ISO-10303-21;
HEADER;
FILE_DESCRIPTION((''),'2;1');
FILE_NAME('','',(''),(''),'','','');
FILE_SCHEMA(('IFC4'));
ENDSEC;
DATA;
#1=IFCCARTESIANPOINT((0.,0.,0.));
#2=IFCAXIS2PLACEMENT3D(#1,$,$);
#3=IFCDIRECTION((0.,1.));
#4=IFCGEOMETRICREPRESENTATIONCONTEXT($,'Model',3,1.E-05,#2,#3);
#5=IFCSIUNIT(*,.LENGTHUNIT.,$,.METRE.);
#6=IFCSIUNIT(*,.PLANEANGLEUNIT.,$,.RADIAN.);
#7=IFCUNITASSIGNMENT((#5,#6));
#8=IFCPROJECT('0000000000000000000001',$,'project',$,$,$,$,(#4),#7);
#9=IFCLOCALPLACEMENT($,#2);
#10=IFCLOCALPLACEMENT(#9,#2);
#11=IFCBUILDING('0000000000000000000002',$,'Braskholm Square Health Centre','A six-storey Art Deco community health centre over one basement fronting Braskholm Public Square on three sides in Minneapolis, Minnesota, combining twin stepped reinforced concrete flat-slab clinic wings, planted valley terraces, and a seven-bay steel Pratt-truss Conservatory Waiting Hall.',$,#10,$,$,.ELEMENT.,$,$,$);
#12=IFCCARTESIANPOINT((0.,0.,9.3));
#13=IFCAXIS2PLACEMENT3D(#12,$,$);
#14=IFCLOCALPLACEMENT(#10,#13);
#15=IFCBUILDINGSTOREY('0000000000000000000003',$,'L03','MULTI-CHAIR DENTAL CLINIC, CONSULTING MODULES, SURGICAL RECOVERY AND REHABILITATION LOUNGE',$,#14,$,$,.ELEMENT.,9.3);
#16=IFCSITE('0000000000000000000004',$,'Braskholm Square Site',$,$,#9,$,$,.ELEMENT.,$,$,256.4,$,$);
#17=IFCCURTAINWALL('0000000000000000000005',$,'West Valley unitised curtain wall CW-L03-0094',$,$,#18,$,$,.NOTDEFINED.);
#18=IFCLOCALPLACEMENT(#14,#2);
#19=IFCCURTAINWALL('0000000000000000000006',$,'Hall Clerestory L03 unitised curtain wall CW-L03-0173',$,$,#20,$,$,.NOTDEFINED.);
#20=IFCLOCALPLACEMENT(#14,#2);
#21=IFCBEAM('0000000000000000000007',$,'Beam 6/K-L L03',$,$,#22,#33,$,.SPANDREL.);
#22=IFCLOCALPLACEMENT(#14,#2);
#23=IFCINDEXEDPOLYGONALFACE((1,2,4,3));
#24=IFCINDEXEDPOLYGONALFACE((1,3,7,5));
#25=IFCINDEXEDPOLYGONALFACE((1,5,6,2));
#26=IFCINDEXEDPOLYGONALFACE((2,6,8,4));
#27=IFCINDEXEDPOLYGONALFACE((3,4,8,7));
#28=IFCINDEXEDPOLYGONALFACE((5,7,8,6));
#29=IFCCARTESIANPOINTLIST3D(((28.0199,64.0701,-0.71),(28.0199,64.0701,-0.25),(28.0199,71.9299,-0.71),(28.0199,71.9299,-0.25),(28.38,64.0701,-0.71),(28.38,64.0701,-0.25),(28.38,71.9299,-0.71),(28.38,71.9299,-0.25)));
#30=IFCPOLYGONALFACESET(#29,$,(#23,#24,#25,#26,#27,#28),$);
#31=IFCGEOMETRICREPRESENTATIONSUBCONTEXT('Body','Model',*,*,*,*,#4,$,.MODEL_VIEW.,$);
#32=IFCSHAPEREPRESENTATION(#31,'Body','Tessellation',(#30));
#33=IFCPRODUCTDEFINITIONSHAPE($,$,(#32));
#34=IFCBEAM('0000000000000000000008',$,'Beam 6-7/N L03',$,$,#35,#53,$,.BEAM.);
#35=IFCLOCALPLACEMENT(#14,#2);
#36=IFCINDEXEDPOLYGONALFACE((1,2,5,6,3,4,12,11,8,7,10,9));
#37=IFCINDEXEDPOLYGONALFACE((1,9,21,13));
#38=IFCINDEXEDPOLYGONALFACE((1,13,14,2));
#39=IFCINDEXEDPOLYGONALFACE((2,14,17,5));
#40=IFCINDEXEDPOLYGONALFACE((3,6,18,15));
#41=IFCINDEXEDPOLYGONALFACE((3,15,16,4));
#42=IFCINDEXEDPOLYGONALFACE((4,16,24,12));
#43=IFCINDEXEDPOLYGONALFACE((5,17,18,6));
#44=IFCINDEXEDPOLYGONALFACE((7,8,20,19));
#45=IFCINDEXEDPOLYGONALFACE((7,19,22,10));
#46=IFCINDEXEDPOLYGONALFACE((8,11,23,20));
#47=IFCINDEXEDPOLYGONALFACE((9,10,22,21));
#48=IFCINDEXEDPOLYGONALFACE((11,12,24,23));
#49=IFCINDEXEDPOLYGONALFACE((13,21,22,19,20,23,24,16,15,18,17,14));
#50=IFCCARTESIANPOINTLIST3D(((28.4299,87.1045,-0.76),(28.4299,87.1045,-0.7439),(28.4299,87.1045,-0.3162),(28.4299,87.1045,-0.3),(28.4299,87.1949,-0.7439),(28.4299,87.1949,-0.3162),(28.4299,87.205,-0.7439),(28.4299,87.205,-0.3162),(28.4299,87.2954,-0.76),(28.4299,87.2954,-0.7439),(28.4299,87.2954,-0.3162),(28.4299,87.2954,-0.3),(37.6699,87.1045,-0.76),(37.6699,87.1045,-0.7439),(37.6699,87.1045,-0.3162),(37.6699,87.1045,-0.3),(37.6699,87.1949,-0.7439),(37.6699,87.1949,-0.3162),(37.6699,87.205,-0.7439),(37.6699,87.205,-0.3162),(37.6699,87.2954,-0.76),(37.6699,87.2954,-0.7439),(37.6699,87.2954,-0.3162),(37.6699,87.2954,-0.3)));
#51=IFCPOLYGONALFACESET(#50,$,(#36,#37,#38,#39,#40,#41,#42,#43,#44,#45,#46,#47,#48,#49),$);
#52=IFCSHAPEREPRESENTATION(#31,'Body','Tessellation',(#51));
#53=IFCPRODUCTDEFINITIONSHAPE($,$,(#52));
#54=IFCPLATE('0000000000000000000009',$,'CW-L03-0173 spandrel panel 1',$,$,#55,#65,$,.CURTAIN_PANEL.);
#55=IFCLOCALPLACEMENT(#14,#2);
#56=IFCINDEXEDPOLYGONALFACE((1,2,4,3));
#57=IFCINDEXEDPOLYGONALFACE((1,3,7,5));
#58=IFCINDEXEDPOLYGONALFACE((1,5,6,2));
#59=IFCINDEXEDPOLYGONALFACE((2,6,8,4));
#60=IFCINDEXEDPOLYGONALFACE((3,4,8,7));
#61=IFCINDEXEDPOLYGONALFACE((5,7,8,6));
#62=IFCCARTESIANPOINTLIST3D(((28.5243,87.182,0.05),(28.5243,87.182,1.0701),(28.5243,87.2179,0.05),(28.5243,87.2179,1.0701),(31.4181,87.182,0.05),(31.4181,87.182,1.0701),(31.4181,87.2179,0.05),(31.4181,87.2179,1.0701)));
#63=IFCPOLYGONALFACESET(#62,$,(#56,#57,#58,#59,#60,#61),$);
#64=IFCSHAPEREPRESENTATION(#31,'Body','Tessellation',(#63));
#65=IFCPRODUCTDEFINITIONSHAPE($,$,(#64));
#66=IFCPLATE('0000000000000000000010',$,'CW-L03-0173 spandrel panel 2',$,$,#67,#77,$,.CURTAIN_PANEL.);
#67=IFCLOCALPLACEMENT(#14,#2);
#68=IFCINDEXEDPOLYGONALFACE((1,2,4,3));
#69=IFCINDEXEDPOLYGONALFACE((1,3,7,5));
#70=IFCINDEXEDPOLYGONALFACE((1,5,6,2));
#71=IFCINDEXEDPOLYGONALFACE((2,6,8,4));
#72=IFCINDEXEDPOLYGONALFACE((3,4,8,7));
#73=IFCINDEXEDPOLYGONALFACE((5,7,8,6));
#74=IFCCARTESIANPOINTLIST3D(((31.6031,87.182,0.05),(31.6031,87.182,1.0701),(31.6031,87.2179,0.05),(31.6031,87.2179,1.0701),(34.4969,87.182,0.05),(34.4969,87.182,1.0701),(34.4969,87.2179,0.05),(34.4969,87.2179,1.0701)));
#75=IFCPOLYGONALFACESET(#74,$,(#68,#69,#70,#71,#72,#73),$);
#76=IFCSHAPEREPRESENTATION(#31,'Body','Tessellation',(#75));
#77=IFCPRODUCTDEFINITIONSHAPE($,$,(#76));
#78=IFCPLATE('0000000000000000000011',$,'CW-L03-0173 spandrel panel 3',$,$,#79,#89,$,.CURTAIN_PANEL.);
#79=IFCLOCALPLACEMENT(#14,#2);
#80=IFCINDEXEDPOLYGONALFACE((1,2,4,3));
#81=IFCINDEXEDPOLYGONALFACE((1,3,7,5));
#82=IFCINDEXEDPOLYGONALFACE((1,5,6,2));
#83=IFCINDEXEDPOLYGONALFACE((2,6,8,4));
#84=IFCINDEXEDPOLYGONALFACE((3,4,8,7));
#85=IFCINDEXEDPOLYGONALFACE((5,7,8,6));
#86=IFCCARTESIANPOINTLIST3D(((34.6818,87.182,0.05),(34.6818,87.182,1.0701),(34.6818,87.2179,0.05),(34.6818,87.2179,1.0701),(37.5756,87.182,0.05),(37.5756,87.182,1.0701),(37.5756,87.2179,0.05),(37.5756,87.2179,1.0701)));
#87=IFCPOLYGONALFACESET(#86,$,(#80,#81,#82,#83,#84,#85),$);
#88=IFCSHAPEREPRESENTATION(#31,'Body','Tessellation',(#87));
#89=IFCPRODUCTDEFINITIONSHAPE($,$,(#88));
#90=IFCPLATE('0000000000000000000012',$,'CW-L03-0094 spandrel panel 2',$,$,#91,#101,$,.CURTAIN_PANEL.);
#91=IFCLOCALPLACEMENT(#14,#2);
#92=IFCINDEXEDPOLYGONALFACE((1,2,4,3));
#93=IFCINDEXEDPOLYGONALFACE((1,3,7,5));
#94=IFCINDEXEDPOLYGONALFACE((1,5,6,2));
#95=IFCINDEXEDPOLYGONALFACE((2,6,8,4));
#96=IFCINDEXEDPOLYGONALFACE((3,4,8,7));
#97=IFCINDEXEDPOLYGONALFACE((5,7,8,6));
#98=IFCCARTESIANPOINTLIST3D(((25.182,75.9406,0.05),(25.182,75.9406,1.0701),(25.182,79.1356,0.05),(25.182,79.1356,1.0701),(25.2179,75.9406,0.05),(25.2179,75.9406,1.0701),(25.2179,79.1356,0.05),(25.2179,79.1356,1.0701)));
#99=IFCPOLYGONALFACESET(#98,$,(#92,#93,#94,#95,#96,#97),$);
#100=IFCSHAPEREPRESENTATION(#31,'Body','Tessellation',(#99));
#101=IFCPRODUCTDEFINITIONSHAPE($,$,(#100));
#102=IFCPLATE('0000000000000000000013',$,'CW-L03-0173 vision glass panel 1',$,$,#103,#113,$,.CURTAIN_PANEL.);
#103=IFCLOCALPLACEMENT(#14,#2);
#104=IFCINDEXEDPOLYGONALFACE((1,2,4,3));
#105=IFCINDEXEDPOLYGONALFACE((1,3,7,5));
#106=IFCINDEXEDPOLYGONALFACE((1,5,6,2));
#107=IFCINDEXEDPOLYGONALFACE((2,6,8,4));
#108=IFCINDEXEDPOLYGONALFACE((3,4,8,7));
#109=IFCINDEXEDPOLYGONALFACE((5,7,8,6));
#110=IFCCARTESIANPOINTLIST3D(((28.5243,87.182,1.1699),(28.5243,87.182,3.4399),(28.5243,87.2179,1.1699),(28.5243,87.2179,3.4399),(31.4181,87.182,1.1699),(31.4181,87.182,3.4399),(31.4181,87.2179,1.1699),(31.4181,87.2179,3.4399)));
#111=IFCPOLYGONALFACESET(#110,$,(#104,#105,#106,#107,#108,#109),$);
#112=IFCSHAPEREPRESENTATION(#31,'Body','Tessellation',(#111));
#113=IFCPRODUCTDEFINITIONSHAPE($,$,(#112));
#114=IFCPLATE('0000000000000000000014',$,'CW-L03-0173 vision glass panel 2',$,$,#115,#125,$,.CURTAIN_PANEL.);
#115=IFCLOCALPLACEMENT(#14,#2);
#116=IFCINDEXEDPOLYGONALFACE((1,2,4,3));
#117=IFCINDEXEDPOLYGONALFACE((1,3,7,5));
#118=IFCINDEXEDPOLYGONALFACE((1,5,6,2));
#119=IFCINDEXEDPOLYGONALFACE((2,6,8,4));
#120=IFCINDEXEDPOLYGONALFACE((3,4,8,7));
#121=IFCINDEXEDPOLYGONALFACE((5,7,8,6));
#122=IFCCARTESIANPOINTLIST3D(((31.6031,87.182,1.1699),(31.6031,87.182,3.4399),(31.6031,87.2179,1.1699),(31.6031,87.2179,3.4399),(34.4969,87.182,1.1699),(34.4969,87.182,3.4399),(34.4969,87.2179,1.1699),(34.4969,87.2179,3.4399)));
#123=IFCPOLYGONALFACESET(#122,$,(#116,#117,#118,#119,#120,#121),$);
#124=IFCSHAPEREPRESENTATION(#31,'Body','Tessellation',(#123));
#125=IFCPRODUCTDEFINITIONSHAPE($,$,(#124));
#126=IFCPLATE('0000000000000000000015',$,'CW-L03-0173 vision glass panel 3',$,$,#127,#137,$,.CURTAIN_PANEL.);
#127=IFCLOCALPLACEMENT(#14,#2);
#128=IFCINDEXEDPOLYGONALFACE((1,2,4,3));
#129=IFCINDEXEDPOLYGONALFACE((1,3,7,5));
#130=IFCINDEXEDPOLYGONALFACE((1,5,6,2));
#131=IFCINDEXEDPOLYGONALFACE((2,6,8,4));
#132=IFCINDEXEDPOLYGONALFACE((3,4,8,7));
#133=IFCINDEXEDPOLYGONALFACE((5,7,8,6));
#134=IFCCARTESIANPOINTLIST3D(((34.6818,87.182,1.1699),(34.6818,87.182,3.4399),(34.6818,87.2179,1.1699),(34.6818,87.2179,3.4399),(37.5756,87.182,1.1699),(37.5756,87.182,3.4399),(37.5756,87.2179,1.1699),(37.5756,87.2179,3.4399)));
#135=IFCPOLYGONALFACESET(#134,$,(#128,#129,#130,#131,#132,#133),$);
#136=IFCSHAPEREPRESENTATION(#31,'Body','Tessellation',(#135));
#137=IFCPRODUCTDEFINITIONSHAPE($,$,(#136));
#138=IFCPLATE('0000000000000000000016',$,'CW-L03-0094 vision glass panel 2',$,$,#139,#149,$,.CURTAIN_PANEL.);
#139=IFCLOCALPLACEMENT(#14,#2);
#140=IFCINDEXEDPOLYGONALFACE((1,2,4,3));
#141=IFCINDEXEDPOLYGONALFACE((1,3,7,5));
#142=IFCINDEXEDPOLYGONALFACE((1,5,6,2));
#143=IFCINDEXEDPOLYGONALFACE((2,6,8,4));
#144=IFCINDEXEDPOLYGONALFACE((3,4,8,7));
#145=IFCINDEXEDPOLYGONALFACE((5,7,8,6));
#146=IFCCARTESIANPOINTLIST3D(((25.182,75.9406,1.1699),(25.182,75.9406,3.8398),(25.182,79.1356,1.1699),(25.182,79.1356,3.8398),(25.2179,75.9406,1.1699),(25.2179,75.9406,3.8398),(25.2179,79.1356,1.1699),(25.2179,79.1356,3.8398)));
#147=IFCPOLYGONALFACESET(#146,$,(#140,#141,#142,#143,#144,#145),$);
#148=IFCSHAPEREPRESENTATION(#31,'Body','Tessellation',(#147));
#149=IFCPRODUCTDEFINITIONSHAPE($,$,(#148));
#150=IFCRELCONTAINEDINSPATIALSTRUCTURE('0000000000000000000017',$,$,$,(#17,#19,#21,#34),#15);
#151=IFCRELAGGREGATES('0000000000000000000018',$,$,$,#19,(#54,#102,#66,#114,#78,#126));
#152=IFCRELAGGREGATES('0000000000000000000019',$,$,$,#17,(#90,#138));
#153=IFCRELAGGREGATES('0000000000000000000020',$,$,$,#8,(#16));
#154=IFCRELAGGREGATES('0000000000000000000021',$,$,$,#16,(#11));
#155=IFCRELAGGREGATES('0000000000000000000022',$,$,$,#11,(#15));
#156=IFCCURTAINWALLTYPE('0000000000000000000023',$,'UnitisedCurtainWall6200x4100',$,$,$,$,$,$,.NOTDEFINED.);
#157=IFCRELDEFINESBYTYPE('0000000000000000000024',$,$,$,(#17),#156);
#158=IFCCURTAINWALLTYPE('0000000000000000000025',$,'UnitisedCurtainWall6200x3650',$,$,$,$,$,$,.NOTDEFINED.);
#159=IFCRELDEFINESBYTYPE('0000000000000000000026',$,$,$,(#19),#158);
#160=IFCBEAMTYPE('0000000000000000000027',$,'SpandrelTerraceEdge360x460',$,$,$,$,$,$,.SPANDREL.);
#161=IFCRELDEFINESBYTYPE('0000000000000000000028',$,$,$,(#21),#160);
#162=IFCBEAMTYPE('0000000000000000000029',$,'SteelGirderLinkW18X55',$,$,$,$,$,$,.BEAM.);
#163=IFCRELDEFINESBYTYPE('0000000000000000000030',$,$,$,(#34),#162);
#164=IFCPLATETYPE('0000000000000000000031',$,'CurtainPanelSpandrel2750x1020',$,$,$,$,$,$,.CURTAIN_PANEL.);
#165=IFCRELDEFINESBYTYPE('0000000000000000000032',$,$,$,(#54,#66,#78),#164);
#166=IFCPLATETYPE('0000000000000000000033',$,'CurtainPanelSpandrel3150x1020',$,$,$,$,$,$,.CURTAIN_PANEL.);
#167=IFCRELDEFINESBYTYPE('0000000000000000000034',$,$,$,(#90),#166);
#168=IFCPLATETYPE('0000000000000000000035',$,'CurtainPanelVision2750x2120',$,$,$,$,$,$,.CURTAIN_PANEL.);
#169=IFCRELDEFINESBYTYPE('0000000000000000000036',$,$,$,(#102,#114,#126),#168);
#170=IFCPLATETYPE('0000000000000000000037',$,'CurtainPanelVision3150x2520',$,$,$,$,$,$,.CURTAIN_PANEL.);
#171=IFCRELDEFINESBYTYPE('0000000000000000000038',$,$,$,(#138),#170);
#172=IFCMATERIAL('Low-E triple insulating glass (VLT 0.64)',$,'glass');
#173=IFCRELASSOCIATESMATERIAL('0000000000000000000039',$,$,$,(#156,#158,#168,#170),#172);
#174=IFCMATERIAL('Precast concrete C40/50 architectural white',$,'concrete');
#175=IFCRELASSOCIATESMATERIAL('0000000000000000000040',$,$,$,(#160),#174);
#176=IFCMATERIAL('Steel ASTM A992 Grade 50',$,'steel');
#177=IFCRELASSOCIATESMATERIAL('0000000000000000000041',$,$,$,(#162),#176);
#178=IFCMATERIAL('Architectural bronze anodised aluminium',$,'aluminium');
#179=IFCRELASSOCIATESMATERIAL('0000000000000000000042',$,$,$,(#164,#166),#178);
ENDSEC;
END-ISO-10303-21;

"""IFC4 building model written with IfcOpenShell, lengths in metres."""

from ifc_helpers import new_model, si_unit, direction, frame, origin, origin_2d, place, context, subcontext, project, spatial, rectangle, i_section, extrude, material, material_profile, profile_set, type_object, element, aggregate, save


model = new_model("IFC4")

# Units and contexts
model_context = context("Model", 3, precision=1e-05, world=origin(), true_north=direction((0.0, 1.0)))
body_context = subcontext(model_context, "Body", "Model", "MODEL_VIEW")
ifc_project = project(units=[si_unit("LENGTHUNIT", "METRE"), si_unit("PLANEANGLEUNIT", "RADIAN")], contexts=[model_context])

# Site, building, storey
site_placement = place(None, origin())
site = spatial("IfcSite", under=ifc_project, at=site_placement, Name="Braskholm Square Site", CompositionType="ELEMENT", RefElevation=256.4)
building_placement = place(site_placement, origin())
building = spatial("IfcBuilding", under=site, at=building_placement, Name="Braskholm Square Health Centre", Description="A six-storey Art Deco community health centre over one basement fronting Braskholm Public Square on three sides in Minneapolis, Minnesota, combining twin stepped reinforced concrete flat-slab clinic wings, planted valley terraces, and a seven-bay steel Pratt-truss Conservatory Waiting Hall.", CompositionType="ELEMENT")
storey_placement = place(building_placement, frame((0.0, 0.0, 9.3)))
storey = spatial("IfcBuildingStorey", under=building, at=storey_placement, Name="L03", Description="MULTI-CHAIR DENTAL CLINIC, CONSULTING MODULES, SURGICAL RECOVERY AND REHABILITATION LOUNGE", CompositionType="ELEMENT", Elevation=9.3)

# Shared definitions
ifc_material_1 = material(Name="Precast concrete C40/50 architectural white", Category="concrete")

# Curtain wall
ifc_material_2 = material(Name="Low-E triple insulating glass (VLT 0.64)", Category="glass")
curtain_wall_type_1 = type_object("IfcCurtainWallType", Name="UnitisedCurtainWall6200x4100", PredefinedType="NOTDEFINED", material=ifc_material_2)
curtain_wall_1_placement = place(storey_placement, origin())
curtain_wall_1 = element("IfcCurtainWall", 1, at=curtain_wall_1_placement, inside=storey, type_object=curtain_wall_type_1, Name="West Valley unitised curtain wall CW-L03-0094", PredefinedType="NOTDEFINED")
ifc_material_3 = material(Name="Architectural bronze anodised aluminium", Category="aluminium")

# Curtain wall
curtain_wall_type_2 = type_object("IfcCurtainWallType", Name="UnitisedCurtainWall6200x3650", PredefinedType="NOTDEFINED", material=ifc_material_2)
curtain_wall_2_placement = place(storey_placement, origin())
curtain_wall_2 = element("IfcCurtainWall", 2, at=curtain_wall_2_placement, inside=storey, type_object=curtain_wall_type_2, Name="Hall Clerestory L03 unitised curtain wall CW-L03-0173", PredefinedType="NOTDEFINED")

# Beams
ifc_material_profile_1 = material_profile(ifc_material_1, rectangle(XDim=0.3601, YDim=0.46, at=origin_2d()), Name="RCB-360X460")
ifc_profile_set_1 = profile_set([ifc_material_profile_1], Name="Precast concrete C40/50 architectural white")
beam_type_1 = type_object("IfcBeamType", Name="SpandrelTerraceEdge360x460", PredefinedType="SPANDREL", material=ifc_profile_set_1)
beam_1_placement = place(storey_placement, frame((28.2, 64.0701, -0.48), z_axis=(0.0, 1.0, 0.0), x_axis=(-1.0, 0.0, 0.0)))
element("IfcBeam", 3, at=beam_1_placement, inside=storey, type_object=beam_type_1, Name="Beam 6/K-L L03", PredefinedType="SPANDREL", context=body_context, shape_type="SweptSolid", body=[
    extrude(rectangle(XDim=0.3601, YDim=0.46, at=origin_2d()), origin(), (0.0, 0.0, 1.0), 7.8599),
])
ifc_material_4 = material(Name="Steel ASTM A992 Grade 50", Category="steel")
ifc_material_profile_2 = material_profile(ifc_material_4, i_section(OverallWidth=0.1909, OverallDepth=0.46, WebThickness=0.01, FlangeThickness=0.0161, at=origin_2d()), Name="W18X55")
ifc_profile_set_2 = profile_set([ifc_material_profile_2], Name="Steel ASTM A992 Grade 50")
beam_type_2 = type_object("IfcBeamType", Name="SteelGirderLinkW18X55", PredefinedType="BEAM", material=ifc_profile_set_2)
beam_2_placement = place(storey_placement, frame((28.4299, 87.2, -0.53), z_axis=(1.0, 0.0, 0.0), x_axis=(0.0, 1.0, 0.0)))
element("IfcBeam", 4, at=beam_2_placement, inside=storey, type_object=beam_type_2, Name="Beam 6-7/N L03", PredefinedType="BEAM", context=body_context, shape_type="SweptSolid", body=[
    extrude(i_section(OverallWidth=0.1909, OverallDepth=0.46, WebThickness=0.01, FlangeThickness=0.0161, at=origin_2d()), origin(), (0.0, 0.0, 1.0), 9.24),
])

# Plates
plate_type_1 = type_object("IfcPlateType", Name="CurtainPanelSpandrel2750x1020", PredefinedType="CURTAIN_PANEL", material=ifc_material_3)
plate_1_placement = place(storey_placement, frame((29.9712, 87.2, 0.05), z_axis=(0.0, 0.0, 1.0), x_axis=(1.0, 0.0, 0.0)))
plate_1 = element("IfcPlate", 5, at=plate_1_placement, type_object=plate_type_1, Name="CW-L03-0173 spandrel panel 1", PredefinedType="CURTAIN_PANEL", context=body_context, shape_type="SweptSolid", body=[
    extrude(rectangle(XDim=2.8938, YDim=0.0359, at=origin_2d()), origin(), (0.0, 0.0, 1.0), 1.02),
])
plate_2_placement = place(storey_placement, frame((33.05, 87.2, 0.05), z_axis=(0.0, 0.0, 1.0), x_axis=(1.0, 0.0, 0.0)))
plate_2 = element("IfcPlate", 6, at=plate_2_placement, type_object=plate_type_1, Name="CW-L03-0173 spandrel panel 2", PredefinedType="CURTAIN_PANEL", context=body_context, shape_type="SweptSolid", body=[
    extrude(rectangle(XDim=2.8938, YDim=0.0359, at=origin_2d()), origin(), (0.0, 0.0, 1.0), 1.02),
])
plate_3_placement = place(storey_placement, frame((36.1287, 87.2, 0.05), z_axis=(0.0, 0.0, 1.0), x_axis=(1.0, 0.0, 0.0)))
plate_3 = element("IfcPlate", 7, at=plate_3_placement, type_object=plate_type_1, Name="CW-L03-0173 spandrel panel 3", PredefinedType="CURTAIN_PANEL", context=body_context, shape_type="SweptSolid", body=[
    extrude(rectangle(XDim=2.8938, YDim=0.0359, at=origin_2d()), origin(), (0.0, 0.0, 1.0), 1.02),
])
plate_type_2 = type_object("IfcPlateType", Name="CurtainPanelSpandrel3150x1020", PredefinedType="CURTAIN_PANEL", material=ifc_material_3)
plate_4_placement = place(storey_placement, frame((25.2, 77.5381, 0.05), z_axis=(0.0, 0.0, 1.0), x_axis=(0.0, 1.0, 0.0)))
plate_4 = element("IfcPlate", 8, at=plate_4_placement, type_object=plate_type_2, Name="CW-L03-0094 spandrel panel 2", PredefinedType="CURTAIN_PANEL", context=body_context, shape_type="SweptSolid", body=[
    extrude(rectangle(XDim=3.1951, YDim=0.0359, at=origin_2d()), origin(), (0.0, 0.0, 1.0), 1.02),
])
plate_type_3 = type_object("IfcPlateType", Name="CurtainPanelVision2750x2120", PredefinedType="CURTAIN_PANEL", material=ifc_material_2)
plate_5_placement = place(storey_placement, frame((29.9712, 87.2, 1.1699), z_axis=(0.0, 0.0, 1.0), x_axis=(1.0, 0.0, 0.0)))
plate_5 = element("IfcPlate", 9, at=plate_5_placement, type_object=plate_type_3, Name="CW-L03-0173 vision glass panel 1", PredefinedType="CURTAIN_PANEL", context=body_context, shape_type="SweptSolid", body=[
    extrude(rectangle(XDim=2.8938, YDim=0.0359, at=origin_2d()), origin(), (0.0, 0.0, 1.0), 2.27),
])
plate_6_placement = place(storey_placement, frame((33.05, 87.2, 1.1699), z_axis=(0.0, 0.0, 1.0), x_axis=(1.0, 0.0, 0.0)))
plate_6 = element("IfcPlate", 10, at=plate_6_placement, type_object=plate_type_3, Name="CW-L03-0173 vision glass panel 2", PredefinedType="CURTAIN_PANEL", context=body_context, shape_type="SweptSolid", body=[
    extrude(rectangle(XDim=2.8938, YDim=0.0359, at=origin_2d()), origin(), (0.0, 0.0, 1.0), 2.27),
])
plate_7_placement = place(storey_placement, frame((36.1287, 87.2, 1.1699), z_axis=(0.0, 0.0, 1.0), x_axis=(1.0, 0.0, 0.0)))
plate_7 = element("IfcPlate", 11, at=plate_7_placement, type_object=plate_type_3, Name="CW-L03-0173 vision glass panel 3", PredefinedType="CURTAIN_PANEL", context=body_context, shape_type="SweptSolid", body=[
    extrude(rectangle(XDim=2.8938, YDim=0.0359, at=origin_2d()), origin(), (0.0, 0.0, 1.0), 2.27),
])
aggregate(curtain_wall_2, [plate_1, plate_5, plate_2, plate_6, plate_3, plate_7])
plate_type_4 = type_object("IfcPlateType", Name="CurtainPanelVision3150x2520", PredefinedType="CURTAIN_PANEL", material=ifc_material_2)
plate_8_placement = place(storey_placement, frame((25.2, 77.5381, 1.1699), z_axis=(0.0, 0.0, 1.0), x_axis=(0.0, 1.0, 0.0)))
plate_8 = element("IfcPlate", 12, at=plate_8_placement, type_object=plate_type_4, Name="CW-L03-0094 vision glass panel 2", PredefinedType="CURTAIN_PANEL", context=body_context, shape_type="SweptSolid", body=[
    extrude(rectangle(XDim=3.1951, YDim=0.0359, at=origin_2d()), origin(), (0.0, 0.0, 1.0), 2.6699),
])
aggregate(curtain_wall_1, [plate_4, plate_8])

save(model, "model.ifc")
